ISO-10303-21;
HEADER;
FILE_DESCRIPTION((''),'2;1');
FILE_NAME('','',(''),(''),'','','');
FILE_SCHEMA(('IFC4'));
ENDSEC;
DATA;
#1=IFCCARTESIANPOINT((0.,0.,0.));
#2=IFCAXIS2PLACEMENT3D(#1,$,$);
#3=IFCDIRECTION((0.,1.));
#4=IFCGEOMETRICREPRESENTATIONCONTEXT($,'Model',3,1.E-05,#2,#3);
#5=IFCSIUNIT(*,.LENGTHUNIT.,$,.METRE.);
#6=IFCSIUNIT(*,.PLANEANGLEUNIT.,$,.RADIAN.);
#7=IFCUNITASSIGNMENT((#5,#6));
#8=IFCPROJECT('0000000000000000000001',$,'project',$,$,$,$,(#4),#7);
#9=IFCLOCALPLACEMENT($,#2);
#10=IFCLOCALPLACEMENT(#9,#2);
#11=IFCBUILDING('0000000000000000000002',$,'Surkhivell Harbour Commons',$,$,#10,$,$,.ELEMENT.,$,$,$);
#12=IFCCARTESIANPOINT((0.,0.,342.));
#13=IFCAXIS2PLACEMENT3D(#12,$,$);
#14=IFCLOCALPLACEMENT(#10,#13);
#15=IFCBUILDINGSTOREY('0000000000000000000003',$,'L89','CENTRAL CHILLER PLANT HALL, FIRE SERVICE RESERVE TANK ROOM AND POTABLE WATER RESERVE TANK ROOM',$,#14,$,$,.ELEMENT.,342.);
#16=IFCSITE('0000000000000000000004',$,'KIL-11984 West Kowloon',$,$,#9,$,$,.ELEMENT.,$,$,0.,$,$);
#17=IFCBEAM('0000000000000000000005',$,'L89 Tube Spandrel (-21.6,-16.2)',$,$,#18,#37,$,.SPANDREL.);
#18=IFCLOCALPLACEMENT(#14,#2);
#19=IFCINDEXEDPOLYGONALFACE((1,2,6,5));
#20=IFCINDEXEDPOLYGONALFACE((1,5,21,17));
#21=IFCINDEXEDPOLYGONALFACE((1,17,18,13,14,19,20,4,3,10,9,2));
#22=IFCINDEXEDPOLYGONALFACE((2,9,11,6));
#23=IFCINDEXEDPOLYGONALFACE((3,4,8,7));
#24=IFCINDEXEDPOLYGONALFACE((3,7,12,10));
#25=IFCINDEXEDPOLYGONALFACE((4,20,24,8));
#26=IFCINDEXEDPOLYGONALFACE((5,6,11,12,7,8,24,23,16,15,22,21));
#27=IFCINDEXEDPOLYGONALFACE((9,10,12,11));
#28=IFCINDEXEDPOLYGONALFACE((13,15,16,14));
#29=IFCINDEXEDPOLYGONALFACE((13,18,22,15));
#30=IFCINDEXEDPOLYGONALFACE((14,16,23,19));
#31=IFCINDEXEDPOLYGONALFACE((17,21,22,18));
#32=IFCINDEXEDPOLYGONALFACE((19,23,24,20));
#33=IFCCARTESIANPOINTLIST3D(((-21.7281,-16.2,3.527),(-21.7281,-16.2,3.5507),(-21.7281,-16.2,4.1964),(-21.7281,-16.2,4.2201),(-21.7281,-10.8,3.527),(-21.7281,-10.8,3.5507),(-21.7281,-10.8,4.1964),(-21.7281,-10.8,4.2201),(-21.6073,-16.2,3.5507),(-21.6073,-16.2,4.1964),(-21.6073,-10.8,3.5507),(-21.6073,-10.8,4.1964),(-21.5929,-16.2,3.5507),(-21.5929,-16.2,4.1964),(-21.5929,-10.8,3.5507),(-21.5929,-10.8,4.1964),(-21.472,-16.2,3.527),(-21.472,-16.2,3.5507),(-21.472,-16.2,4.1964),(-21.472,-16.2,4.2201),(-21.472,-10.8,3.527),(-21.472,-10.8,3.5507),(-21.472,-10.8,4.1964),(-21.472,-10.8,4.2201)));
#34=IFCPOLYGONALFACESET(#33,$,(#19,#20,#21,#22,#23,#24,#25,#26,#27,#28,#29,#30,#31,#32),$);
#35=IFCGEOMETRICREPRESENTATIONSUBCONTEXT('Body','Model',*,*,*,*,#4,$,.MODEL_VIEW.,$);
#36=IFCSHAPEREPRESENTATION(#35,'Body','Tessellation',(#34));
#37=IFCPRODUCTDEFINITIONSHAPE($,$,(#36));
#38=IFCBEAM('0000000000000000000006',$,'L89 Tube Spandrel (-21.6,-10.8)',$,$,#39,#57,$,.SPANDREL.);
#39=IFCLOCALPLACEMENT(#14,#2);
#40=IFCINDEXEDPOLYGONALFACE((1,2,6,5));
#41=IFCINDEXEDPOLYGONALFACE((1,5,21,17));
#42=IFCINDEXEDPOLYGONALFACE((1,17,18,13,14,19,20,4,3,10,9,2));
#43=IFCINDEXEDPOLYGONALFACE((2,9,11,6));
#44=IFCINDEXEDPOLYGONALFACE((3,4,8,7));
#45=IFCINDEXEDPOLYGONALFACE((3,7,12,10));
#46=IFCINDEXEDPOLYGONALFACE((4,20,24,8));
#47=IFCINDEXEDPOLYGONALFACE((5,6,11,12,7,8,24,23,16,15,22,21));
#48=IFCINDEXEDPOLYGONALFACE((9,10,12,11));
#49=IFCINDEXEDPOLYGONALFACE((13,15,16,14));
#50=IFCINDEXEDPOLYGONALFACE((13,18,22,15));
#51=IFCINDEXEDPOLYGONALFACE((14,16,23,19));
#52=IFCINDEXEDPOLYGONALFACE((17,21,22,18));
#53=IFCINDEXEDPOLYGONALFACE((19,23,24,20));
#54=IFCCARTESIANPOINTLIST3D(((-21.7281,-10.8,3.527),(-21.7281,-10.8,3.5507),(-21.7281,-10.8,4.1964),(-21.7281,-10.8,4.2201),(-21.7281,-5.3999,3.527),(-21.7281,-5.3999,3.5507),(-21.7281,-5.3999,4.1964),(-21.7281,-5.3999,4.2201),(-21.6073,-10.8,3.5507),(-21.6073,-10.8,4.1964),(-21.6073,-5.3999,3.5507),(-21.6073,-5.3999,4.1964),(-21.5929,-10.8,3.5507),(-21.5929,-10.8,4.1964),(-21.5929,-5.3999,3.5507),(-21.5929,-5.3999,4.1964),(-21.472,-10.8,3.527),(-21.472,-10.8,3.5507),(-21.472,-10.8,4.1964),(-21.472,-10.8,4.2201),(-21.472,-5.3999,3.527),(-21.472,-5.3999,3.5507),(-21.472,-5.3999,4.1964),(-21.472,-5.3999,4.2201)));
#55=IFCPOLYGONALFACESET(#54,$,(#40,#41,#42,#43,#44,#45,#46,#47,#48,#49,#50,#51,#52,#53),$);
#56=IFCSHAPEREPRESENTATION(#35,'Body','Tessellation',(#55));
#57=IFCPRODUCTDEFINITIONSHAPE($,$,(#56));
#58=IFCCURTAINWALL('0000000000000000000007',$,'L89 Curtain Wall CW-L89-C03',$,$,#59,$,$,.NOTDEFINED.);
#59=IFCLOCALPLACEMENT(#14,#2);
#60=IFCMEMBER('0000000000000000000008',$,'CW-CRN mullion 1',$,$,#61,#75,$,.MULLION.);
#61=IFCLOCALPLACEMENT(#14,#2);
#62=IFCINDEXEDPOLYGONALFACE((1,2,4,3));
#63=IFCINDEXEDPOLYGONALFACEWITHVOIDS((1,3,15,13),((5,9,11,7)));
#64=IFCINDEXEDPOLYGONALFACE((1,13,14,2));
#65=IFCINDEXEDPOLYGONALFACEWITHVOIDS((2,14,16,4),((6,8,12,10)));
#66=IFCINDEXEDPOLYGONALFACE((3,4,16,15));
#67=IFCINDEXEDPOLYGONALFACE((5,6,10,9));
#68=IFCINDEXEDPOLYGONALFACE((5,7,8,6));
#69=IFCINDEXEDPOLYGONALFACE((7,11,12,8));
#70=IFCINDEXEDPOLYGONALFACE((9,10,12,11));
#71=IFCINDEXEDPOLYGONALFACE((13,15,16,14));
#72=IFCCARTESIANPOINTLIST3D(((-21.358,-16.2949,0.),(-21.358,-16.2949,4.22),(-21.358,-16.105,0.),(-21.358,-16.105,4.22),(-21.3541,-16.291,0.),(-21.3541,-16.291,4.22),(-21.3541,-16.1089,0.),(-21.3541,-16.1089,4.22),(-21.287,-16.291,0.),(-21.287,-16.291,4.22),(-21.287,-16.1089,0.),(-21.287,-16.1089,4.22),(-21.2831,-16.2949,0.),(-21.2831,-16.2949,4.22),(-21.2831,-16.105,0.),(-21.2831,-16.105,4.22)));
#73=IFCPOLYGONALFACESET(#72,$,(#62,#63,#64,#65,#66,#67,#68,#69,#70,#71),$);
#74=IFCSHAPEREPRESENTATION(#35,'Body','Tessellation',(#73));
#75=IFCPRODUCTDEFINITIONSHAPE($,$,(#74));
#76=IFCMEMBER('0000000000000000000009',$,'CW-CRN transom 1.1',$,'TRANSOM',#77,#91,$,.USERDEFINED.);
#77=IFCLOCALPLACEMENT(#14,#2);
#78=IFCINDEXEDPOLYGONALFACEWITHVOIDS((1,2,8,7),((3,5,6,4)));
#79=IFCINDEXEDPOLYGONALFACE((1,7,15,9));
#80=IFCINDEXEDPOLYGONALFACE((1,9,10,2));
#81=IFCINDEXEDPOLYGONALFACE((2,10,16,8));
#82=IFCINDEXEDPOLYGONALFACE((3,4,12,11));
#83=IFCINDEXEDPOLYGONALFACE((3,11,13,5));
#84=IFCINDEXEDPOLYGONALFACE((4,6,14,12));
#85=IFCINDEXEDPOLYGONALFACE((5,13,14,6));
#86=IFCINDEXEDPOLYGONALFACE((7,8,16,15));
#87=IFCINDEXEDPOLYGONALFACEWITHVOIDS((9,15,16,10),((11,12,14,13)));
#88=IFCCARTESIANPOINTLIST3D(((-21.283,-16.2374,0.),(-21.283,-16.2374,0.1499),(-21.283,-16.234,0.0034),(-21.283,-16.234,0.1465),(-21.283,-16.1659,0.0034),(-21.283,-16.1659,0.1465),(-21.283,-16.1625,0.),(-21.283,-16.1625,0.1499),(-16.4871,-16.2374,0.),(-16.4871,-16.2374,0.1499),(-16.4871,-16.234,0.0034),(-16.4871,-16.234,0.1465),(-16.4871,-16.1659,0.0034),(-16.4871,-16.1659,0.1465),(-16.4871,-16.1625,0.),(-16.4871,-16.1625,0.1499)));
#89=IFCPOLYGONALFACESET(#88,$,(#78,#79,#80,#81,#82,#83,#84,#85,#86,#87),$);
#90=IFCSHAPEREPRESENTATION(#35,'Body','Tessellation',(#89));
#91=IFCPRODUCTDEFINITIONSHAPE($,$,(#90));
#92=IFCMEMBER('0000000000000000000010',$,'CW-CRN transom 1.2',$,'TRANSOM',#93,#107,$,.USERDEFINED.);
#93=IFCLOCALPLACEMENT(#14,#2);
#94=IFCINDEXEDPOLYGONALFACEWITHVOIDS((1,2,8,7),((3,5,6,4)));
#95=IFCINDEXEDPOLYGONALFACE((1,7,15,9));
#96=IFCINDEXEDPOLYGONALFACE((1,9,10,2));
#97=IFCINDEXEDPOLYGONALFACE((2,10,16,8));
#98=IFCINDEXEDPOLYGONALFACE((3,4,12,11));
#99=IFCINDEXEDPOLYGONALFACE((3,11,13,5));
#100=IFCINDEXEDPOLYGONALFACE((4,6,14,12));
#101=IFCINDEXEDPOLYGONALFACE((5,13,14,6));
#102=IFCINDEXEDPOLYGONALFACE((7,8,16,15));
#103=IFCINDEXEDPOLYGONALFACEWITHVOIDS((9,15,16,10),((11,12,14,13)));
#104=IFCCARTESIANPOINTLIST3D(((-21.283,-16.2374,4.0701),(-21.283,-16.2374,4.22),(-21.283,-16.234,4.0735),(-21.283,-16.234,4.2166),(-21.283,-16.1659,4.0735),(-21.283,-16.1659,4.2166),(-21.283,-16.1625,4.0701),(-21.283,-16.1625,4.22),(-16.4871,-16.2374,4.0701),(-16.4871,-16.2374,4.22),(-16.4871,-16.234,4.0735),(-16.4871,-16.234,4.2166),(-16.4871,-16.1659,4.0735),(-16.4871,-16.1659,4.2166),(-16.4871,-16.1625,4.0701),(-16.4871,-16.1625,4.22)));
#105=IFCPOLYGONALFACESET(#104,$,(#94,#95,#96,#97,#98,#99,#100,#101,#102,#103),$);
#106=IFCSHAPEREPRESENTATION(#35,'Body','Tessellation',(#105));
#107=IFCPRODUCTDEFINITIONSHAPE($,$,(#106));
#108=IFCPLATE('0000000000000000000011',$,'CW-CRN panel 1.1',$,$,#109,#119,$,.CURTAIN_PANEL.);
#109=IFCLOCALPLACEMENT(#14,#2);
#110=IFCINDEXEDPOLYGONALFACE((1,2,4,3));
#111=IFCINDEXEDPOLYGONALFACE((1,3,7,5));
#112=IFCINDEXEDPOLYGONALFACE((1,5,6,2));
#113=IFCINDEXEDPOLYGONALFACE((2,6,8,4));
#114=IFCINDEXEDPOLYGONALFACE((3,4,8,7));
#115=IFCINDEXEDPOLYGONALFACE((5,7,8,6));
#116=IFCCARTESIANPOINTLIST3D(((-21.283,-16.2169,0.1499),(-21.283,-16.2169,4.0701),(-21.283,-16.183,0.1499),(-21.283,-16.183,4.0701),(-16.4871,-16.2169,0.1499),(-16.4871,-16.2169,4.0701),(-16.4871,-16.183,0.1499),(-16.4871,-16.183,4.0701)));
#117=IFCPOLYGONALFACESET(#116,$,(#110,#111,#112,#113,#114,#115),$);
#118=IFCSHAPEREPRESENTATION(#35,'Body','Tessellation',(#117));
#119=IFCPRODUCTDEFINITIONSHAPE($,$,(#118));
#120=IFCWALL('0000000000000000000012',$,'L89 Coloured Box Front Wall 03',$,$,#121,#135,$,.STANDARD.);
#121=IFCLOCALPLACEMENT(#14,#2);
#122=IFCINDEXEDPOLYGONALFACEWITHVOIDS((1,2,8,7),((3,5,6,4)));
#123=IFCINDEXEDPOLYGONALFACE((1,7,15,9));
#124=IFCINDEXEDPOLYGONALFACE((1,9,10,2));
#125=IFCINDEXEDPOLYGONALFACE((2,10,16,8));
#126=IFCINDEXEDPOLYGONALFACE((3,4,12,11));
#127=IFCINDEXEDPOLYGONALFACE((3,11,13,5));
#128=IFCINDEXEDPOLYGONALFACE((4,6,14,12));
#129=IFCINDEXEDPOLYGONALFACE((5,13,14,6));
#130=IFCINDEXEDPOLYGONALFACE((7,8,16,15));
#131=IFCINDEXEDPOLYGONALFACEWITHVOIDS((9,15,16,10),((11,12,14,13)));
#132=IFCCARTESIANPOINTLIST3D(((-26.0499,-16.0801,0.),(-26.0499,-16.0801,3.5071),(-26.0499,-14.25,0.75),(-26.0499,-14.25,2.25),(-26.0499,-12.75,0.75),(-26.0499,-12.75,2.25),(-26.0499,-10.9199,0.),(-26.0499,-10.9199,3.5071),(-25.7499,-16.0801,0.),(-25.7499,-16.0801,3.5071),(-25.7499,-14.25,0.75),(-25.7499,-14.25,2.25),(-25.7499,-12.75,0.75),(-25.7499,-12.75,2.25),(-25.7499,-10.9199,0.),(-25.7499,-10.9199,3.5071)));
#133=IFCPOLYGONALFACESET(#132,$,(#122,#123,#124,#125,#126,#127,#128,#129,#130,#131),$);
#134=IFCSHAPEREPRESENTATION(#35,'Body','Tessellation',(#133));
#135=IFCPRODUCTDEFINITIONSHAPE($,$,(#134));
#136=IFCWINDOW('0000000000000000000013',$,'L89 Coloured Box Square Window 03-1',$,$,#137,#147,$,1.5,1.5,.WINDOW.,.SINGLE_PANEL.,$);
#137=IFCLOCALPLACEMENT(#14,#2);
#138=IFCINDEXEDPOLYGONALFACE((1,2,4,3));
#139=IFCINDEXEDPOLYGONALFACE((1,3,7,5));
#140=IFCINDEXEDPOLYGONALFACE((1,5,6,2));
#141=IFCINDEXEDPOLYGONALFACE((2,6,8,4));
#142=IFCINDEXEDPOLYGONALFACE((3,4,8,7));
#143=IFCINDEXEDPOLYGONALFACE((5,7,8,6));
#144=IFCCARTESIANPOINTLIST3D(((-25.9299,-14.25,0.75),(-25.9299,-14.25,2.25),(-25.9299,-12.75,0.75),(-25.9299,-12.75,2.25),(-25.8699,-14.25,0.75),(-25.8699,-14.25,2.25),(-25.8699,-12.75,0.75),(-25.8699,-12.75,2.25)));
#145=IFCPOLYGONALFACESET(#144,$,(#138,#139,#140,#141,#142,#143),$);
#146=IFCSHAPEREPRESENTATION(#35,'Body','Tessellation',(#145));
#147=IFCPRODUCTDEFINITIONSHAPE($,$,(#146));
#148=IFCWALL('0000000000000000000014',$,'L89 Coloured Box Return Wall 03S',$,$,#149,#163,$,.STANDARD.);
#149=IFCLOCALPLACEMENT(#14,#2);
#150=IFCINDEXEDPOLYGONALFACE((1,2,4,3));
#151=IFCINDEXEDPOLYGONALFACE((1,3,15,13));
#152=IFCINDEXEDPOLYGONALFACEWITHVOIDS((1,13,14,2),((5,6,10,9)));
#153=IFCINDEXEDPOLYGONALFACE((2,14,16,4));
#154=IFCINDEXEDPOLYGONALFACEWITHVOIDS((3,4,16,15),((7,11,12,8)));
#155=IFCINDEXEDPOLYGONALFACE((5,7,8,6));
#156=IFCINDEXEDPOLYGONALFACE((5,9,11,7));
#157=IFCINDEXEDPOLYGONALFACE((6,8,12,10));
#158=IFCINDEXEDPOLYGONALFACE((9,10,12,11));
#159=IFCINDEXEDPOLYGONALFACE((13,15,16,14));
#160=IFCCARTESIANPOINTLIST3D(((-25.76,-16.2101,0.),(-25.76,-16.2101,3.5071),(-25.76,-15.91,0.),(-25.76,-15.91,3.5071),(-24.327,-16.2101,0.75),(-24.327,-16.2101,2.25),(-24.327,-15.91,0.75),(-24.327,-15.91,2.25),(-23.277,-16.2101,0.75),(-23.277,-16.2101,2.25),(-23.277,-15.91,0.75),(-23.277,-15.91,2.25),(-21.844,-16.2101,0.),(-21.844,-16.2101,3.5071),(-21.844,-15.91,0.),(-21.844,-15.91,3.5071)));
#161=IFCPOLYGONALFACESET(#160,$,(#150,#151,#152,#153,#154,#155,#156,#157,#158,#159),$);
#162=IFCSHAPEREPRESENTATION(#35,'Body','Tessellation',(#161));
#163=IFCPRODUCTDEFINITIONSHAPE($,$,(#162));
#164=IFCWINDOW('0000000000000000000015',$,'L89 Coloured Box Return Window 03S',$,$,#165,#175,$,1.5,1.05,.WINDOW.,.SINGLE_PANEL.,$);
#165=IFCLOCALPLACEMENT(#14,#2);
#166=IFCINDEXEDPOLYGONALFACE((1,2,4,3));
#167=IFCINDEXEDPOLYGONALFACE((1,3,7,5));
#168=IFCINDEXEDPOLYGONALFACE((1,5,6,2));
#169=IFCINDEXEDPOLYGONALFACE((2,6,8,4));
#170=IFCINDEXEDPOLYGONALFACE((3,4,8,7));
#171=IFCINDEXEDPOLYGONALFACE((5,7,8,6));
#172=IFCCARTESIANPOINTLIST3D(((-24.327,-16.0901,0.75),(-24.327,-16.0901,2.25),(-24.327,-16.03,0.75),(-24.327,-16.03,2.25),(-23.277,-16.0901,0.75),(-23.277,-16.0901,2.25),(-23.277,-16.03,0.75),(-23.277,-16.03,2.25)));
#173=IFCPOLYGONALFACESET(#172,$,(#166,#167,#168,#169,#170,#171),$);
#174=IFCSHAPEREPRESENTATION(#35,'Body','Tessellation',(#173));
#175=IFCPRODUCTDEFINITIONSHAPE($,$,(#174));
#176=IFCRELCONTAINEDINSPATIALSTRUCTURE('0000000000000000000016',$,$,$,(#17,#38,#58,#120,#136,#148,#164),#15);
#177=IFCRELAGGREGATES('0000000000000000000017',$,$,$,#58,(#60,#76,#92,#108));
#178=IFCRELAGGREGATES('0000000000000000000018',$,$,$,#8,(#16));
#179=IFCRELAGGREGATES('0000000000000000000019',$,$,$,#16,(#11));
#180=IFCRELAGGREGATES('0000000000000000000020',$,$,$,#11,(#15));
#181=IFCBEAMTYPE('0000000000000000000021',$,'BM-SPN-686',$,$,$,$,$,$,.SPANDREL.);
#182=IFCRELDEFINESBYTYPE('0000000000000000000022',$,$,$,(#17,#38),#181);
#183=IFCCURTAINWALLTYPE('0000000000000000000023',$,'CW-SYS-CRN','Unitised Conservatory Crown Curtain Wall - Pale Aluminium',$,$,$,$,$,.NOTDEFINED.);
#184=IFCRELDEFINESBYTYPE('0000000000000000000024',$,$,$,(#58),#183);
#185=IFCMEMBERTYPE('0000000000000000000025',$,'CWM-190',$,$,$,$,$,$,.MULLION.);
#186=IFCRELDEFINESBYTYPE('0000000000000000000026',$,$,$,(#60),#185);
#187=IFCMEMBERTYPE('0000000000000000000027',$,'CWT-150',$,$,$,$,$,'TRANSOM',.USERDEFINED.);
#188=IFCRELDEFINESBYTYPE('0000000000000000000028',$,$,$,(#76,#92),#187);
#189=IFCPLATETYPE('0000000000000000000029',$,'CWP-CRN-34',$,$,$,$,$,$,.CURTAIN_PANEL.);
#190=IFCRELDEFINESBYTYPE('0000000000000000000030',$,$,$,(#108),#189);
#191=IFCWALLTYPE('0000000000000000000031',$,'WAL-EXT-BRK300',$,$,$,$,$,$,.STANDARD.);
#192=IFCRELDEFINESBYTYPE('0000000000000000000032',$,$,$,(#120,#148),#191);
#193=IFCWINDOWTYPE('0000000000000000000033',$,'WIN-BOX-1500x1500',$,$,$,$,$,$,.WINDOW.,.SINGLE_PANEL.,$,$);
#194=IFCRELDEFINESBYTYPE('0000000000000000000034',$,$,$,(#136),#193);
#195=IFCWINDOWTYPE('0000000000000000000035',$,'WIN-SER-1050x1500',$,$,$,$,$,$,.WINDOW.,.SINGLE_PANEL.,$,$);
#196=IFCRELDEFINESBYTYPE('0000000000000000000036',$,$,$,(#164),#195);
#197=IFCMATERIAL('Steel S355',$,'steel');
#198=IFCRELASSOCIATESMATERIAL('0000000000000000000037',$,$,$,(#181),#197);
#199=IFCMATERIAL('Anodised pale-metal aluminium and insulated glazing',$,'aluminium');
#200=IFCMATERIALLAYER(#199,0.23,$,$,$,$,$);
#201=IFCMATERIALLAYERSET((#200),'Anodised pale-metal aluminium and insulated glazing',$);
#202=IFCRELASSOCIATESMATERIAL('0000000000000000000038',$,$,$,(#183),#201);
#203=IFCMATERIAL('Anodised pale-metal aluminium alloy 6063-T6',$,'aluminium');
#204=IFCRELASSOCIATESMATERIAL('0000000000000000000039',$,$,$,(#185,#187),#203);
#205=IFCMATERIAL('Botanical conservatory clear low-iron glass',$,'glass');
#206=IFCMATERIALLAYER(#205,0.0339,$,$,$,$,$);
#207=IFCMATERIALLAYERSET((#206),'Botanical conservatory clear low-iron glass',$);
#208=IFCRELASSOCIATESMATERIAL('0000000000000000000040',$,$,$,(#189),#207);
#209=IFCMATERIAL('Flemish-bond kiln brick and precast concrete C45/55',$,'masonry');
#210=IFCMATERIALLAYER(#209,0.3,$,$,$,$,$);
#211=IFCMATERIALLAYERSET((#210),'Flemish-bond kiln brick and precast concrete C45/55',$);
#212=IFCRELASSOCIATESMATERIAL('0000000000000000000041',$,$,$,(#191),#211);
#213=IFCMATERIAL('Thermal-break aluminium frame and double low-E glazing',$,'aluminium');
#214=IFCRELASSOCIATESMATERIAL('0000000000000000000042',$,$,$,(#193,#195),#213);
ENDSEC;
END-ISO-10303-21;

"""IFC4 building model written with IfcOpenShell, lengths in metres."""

from ifc_helpers import new_model, si_unit, direction, frame, frame_2d, origin, origin_2d, place, context, subcontext, project, spatial, rectangle, hollow_rectangle, i_section, extrude, material, layer, layer_set, material_profile, profile_set, type_object, element, fill, aggregate, save


model = new_model("IFC4")

# Units and contexts
model_context = context("Model", 3, precision=1e-05, world=origin(), true_north=direction((0.0, 1.0)))
body_context = subcontext(model_context, "Body", "Model", "MODEL_VIEW")
ifc_project = project(units=[si_unit("LENGTHUNIT", "METRE"), si_unit("PLANEANGLEUNIT", "RADIAN")], contexts=[model_context])

# Site, building, storey
site_placement = place(None, origin())
site = spatial("IfcSite", under=ifc_project, at=site_placement, Name="KIL-11984 West Kowloon", CompositionType="ELEMENT", RefElevation=0.0)
building_placement = place(site_placement, origin())
building = spatial("IfcBuilding", under=site, at=building_placement, Name="Surkhivell Harbour Commons", CompositionType="ELEMENT")
storey_placement = place(building_placement, frame((0.0, 0.0, 342.0)))
storey = spatial("IfcBuildingStorey", under=building, at=storey_placement, Name="L89", Description="CENTRAL CHILLER PLANT HALL, FIRE SERVICE RESERVE TANK ROOM AND POTABLE WATER RESERVE TANK ROOM", CompositionType="ELEMENT", Elevation=342.0)

# Beams
ifc_material_1 = material(Name="Steel S355", Category="steel")
ifc_material_profile_1 = material_profile(ifc_material_1, i_section(OverallWidth=0.2561, OverallDepth=0.6931, WebThickness=0.0144, FlangeThickness=0.0237, at=origin_2d()), Name="UB686x254x170")
ifc_profile_set_1 = profile_set([ifc_material_profile_1], Name="Steel S355")
beam_type_1 = type_object("IfcBeamType", Name="BM-SPN-686", PredefinedType="SPANDREL", material=ifc_profile_set_1)
beam_1_placement = place(storey_placement, frame((-21.6001, -16.2, 3.8735), z_axis=(0.0, 1.0, 0.0), x_axis=(-1.0, 0.0, 0.0)))
element("IfcBeam", 1, at=beam_1_placement, inside=storey, type_object=beam_type_1, Name="L89 Tube Spandrel (-21.6,-16.2)", PredefinedType="SPANDREL", context=body_context, shape_type="SweptSolid", body=[
    extrude(i_section(OverallWidth=0.2561, OverallDepth=0.6931, WebThickness=0.0144, FlangeThickness=0.0237, at=origin_2d()), origin(), (0.0, 0.0, 1.0), 5.3999),
])
beam_2_placement = place(storey_placement, frame((-21.6001, -10.8, 3.8735), z_axis=(0.0, 1.0, 0.0), x_axis=(-1.0, 0.0, 0.0)))
element("IfcBeam", 2, at=beam_2_placement, inside=storey, type_object=beam_type_1, Name="L89 Tube Spandrel (-21.6,-10.8)", PredefinedType="SPANDREL", context=body_context, shape_type="SweptSolid", body=[
    extrude(i_section(OverallWidth=0.2561, OverallDepth=0.6931, WebThickness=0.0144, FlangeThickness=0.0237, at=origin_2d()), origin(), (0.0, 0.0, 1.0), 5.4001),
])

# Curtain wall, members, plate
ifc_material_2 = material(Name="Anodised pale-metal aluminium and insulated glazing", Category="aluminium")
ifc_layer_1 = layer(ifc_material_2, 0.23)
ifc_layer_set_1 = layer_set([ifc_layer_1], Name="Anodised pale-metal aluminium and insulated glazing")
curtain_wall_type = type_object("IfcCurtainWallType", Name="CW-SYS-CRN", Description="Unitised Conservatory Crown Curtain Wall - Pale Aluminium", PredefinedType="NOTDEFINED", material=ifc_layer_set_1)
curtain_wall_placement = place(storey_placement, origin())
curtain_wall = element("IfcCurtainWall", 3, at=curtain_wall_placement, inside=storey, type_object=curtain_wall_type, Name="L89 Curtain Wall CW-L89-C03", PredefinedType="NOTDEFINED")
ifc_material_3 = material(Name="Anodised pale-metal aluminium alloy 6063-T6", Category="aluminium")
ifc_material_profile_2 = material_profile(ifc_material_3, hollow_rectangle(XDim=0.075, YDim=0.1899, WallThickness=0.0039, at=origin_2d()), Name="ALU-MULL-75x190")
ifc_profile_set_2 = profile_set([ifc_material_profile_2], Name="Anodised pale-metal aluminium alloy 6063-T6")
member_type_1 = type_object("IfcMemberType", Name="CWM-190", PredefinedType="MULLION", material=ifc_profile_set_2)
member_1_placement = place(storey_placement, frame((-21.3206, -16.2, 0.0), z_axis=(0.0, 0.0, 1.0), x_axis=(1.0, 0.0, 0.0)))
member_1 = element("IfcMember", 4, at=member_1_placement, type_object=member_type_1, Name="CW-CRN mullion 1", PredefinedType="MULLION", context=body_context, shape_type="SweptSolid", body=[
    extrude(hollow_rectangle(XDim=0.075, YDim=0.1899, WallThickness=0.0039, at=origin_2d()), origin(), (0.0, 0.0, 1.0), 4.22),
])
ifc_material_profile_3 = material_profile(ifc_material_3, hollow_rectangle(XDim=0.075, YDim=0.1499, WallThickness=0.0034, at=origin_2d()), Name="ALU-TRAN-75x150")
ifc_profile_set_3 = profile_set([ifc_material_profile_3], Name="Anodised pale-metal aluminium alloy 6063-T6")
member_type_2 = type_object("IfcMemberType", Name="CWT-150", ElementType="TRANSOM", PredefinedType="USERDEFINED", material=ifc_profile_set_3)
member_2_placement = place(storey_placement, frame((-21.283, -16.2, 0.075), z_axis=(1.0, 0.0, 0.0), x_axis=(0.0, 1.0, 0.0)))
member_2 = element("IfcMember", 5, at=member_2_placement, type_object=member_type_2, Name="CW-CRN transom 1.1", ObjectType="TRANSOM", PredefinedType="USERDEFINED", context=body_context, shape_type="SweptSolid", body=[
    extrude(hollow_rectangle(XDim=0.075, YDim=0.1499, WallThickness=0.0034, at=origin_2d()), origin(), (0.0, 0.0, 1.0), 4.7959),
])
member_3_placement = place(storey_placement, frame((-21.283, -16.2, 4.145), z_axis=(1.0, 0.0, 0.0), x_axis=(0.0, 1.0, 0.0)))
member_3 = element("IfcMember", 6, at=member_3_placement, type_object=member_type_2, Name="CW-CRN transom 1.2", ObjectType="TRANSOM", PredefinedType="USERDEFINED", context=body_context, shape_type="SweptSolid", body=[
    extrude(hollow_rectangle(XDim=0.075, YDim=0.1499, WallThickness=0.0034, at=origin_2d()), origin(), (0.0, 0.0, 1.0), 4.7959),
])
ifc_material_4 = material(Name="Botanical conservatory clear low-iron glass", Category="glass")
ifc_layer_2 = layer(ifc_material_4, 0.0339)
ifc_layer_set_2 = layer_set([ifc_layer_2], Name="Botanical conservatory clear low-iron glass")
plate_type = type_object("IfcPlateType", Name="CWP-CRN-34", PredefinedType="CURTAIN_PANEL", material=ifc_layer_set_2)
plate_placement = place(storey_placement, frame((-21.283, -16.2, 0.1499), z_axis=(0.0, 0.0, 1.0), x_axis=(1.0, 0.0, 0.0)))
plate = element("IfcPlate", 7, at=plate_placement, type_object=plate_type, Name="CW-CRN panel 1.1", PredefinedType="CURTAIN_PANEL", context=body_context, shape_type="SweptSolid", body=[
    extrude(rectangle(XDim=4.7959, YDim=0.0339, at=frame_2d((2.3979, 0.0))), origin(), (0.0, 0.0, 1.0), 3.9202),
])
aggregate(curtain_wall, [member_1, member_2, member_3, plate])

# Walls, openings, windows
ifc_material_5 = material(Name="Flemish-bond kiln brick and precast concrete C45/55", Category="masonry")
ifc_layer_3 = layer(ifc_material_5, 0.3)
ifc_layer_set_3 = layer_set([ifc_layer_3], Name="Flemish-bond kiln brick and precast concrete C45/55")
wall_type = type_object("IfcWallType", Name="WAL-EXT-BRK300", PredefinedType="STANDARD", material=ifc_layer_set_3)
wall_1_placement = place(storey_placement, frame((-25.8999, -10.9199, 0.0), z_axis=(0.0, 0.0, 1.0), x_axis=(0.0, -1.0, 0.0)))
wall_1 = element("IfcWall", 8, at=wall_1_placement, inside=storey, type_object=wall_type, Name="L89 Coloured Box Front Wall 03", PredefinedType="STANDARD", context=body_context, shape_type="SweptSolid", body=[
    extrude(rectangle(XDim=5.1602, YDim=0.3, at=frame_2d((2.5801, 0.0))), origin(), (0.0, 0.0, 1.0), 3.5071),
])
opening_1_placement = place(wall_1_placement, frame((1.8301, 0.0, 0.75)))
opening_1 = element("IfcOpeningElement", 9, at=opening_1_placement, cuts=wall_1, PredefinedType="OPENING", context=body_context, shape_type="SweptSolid", body=[
    extrude(rectangle(XDim=1.5, YDim=1.5, at=frame_2d((0.75, 0.75))), frame((0.0, 0.1599, 0.0), z_axis=(0.0, -1.0, 0.0), x_axis=(1.0, 0.0, 0.0)), (0.0, 0.0, 1.0), 0.3201),
])
ifc_material_6 = material(Name="Thermal-break aluminium frame and double low-E glazing", Category="aluminium")
window_type_1 = type_object("IfcWindowType", Name="WIN-BOX-1500x1500", PartitioningType="SINGLE_PANEL", PredefinedType="WINDOW", material=ifc_material_6)
window_1_placement = place(opening_1_placement, origin())
window_1 = element("IfcWindow", 10, at=window_1_placement, inside=storey, type_object=window_type_1, Name="L89 Coloured Box Square Window 03-1", OverallHeight=1.5, OverallWidth=1.5, PartitioningType="SINGLE_PANEL", PredefinedType="WINDOW", context=body_context, shape_type="SweptSolid", body=[
    extrude(rectangle(XDim=1.5, YDim=1.5, at=frame_2d((0.75, 0.75))), frame((0.0, 0.03, 0.0), z_axis=(0.0, -1.0, 0.0), x_axis=(1.0, 0.0, 0.0)), (0.0, 0.0, 1.0), 0.0601),
])
fill(opening_1, window_1)
wall_2_placement = place(storey_placement, frame((-25.76, -16.0601, 0.0), z_axis=(0.0, 0.0, 1.0), x_axis=(1.0, 0.0, 0.0)))
wall_2 = element("IfcWall", 11, at=wall_2_placement, inside=storey, type_object=wall_type, Name="L89 Coloured Box Return Wall 03S", PredefinedType="STANDARD", context=body_context, shape_type="SweptSolid", body=[
    extrude(rectangle(XDim=3.916, YDim=0.3, at=frame_2d((1.958, 0.0))), origin(), (0.0, 0.0, 1.0), 3.5071),
])
opening_2_placement = place(wall_2_placement, frame((1.4331, 0.0, 0.75)))
opening_2 = element("IfcOpeningElement", 12, at=opening_2_placement, cuts=wall_2, PredefinedType="OPENING", context=body_context, shape_type="SweptSolid", body=[
    extrude(rectangle(XDim=1.05, YDim=1.5, at=frame_2d((0.5249, 0.75))), frame((0.0, 0.1599, 0.0), z_axis=(0.0, -1.0, 0.0), x_axis=(1.0, 0.0, 0.0)), (0.0, 0.0, 1.0), 0.3201),
])
window_type_2 = type_object("IfcWindowType", Name="WIN-SER-1050x1500", PartitioningType="SINGLE_PANEL", PredefinedType="WINDOW", material=ifc_material_6)
window_2_placement = place(opening_2_placement, origin())
window_2 = element("IfcWindow", 13, at=window_2_placement, inside=storey, type_object=window_type_2, Name="L89 Coloured Box Return Window 03S", OverallHeight=1.5, OverallWidth=1.05, PartitioningType="SINGLE_PANEL", PredefinedType="WINDOW", context=body_context, shape_type="SweptSolid", body=[
    extrude(rectangle(XDim=1.05, YDim=1.5, at=frame_2d((0.5249, 0.75))), frame((0.0, 0.03, 0.0), z_axis=(0.0, -1.0, 0.0), x_axis=(1.0, 0.0, 0.0)), (0.0, 0.0, 1.0), 0.0601),
])
fill(opening_2, window_2)

save(model, "model.ifc")
